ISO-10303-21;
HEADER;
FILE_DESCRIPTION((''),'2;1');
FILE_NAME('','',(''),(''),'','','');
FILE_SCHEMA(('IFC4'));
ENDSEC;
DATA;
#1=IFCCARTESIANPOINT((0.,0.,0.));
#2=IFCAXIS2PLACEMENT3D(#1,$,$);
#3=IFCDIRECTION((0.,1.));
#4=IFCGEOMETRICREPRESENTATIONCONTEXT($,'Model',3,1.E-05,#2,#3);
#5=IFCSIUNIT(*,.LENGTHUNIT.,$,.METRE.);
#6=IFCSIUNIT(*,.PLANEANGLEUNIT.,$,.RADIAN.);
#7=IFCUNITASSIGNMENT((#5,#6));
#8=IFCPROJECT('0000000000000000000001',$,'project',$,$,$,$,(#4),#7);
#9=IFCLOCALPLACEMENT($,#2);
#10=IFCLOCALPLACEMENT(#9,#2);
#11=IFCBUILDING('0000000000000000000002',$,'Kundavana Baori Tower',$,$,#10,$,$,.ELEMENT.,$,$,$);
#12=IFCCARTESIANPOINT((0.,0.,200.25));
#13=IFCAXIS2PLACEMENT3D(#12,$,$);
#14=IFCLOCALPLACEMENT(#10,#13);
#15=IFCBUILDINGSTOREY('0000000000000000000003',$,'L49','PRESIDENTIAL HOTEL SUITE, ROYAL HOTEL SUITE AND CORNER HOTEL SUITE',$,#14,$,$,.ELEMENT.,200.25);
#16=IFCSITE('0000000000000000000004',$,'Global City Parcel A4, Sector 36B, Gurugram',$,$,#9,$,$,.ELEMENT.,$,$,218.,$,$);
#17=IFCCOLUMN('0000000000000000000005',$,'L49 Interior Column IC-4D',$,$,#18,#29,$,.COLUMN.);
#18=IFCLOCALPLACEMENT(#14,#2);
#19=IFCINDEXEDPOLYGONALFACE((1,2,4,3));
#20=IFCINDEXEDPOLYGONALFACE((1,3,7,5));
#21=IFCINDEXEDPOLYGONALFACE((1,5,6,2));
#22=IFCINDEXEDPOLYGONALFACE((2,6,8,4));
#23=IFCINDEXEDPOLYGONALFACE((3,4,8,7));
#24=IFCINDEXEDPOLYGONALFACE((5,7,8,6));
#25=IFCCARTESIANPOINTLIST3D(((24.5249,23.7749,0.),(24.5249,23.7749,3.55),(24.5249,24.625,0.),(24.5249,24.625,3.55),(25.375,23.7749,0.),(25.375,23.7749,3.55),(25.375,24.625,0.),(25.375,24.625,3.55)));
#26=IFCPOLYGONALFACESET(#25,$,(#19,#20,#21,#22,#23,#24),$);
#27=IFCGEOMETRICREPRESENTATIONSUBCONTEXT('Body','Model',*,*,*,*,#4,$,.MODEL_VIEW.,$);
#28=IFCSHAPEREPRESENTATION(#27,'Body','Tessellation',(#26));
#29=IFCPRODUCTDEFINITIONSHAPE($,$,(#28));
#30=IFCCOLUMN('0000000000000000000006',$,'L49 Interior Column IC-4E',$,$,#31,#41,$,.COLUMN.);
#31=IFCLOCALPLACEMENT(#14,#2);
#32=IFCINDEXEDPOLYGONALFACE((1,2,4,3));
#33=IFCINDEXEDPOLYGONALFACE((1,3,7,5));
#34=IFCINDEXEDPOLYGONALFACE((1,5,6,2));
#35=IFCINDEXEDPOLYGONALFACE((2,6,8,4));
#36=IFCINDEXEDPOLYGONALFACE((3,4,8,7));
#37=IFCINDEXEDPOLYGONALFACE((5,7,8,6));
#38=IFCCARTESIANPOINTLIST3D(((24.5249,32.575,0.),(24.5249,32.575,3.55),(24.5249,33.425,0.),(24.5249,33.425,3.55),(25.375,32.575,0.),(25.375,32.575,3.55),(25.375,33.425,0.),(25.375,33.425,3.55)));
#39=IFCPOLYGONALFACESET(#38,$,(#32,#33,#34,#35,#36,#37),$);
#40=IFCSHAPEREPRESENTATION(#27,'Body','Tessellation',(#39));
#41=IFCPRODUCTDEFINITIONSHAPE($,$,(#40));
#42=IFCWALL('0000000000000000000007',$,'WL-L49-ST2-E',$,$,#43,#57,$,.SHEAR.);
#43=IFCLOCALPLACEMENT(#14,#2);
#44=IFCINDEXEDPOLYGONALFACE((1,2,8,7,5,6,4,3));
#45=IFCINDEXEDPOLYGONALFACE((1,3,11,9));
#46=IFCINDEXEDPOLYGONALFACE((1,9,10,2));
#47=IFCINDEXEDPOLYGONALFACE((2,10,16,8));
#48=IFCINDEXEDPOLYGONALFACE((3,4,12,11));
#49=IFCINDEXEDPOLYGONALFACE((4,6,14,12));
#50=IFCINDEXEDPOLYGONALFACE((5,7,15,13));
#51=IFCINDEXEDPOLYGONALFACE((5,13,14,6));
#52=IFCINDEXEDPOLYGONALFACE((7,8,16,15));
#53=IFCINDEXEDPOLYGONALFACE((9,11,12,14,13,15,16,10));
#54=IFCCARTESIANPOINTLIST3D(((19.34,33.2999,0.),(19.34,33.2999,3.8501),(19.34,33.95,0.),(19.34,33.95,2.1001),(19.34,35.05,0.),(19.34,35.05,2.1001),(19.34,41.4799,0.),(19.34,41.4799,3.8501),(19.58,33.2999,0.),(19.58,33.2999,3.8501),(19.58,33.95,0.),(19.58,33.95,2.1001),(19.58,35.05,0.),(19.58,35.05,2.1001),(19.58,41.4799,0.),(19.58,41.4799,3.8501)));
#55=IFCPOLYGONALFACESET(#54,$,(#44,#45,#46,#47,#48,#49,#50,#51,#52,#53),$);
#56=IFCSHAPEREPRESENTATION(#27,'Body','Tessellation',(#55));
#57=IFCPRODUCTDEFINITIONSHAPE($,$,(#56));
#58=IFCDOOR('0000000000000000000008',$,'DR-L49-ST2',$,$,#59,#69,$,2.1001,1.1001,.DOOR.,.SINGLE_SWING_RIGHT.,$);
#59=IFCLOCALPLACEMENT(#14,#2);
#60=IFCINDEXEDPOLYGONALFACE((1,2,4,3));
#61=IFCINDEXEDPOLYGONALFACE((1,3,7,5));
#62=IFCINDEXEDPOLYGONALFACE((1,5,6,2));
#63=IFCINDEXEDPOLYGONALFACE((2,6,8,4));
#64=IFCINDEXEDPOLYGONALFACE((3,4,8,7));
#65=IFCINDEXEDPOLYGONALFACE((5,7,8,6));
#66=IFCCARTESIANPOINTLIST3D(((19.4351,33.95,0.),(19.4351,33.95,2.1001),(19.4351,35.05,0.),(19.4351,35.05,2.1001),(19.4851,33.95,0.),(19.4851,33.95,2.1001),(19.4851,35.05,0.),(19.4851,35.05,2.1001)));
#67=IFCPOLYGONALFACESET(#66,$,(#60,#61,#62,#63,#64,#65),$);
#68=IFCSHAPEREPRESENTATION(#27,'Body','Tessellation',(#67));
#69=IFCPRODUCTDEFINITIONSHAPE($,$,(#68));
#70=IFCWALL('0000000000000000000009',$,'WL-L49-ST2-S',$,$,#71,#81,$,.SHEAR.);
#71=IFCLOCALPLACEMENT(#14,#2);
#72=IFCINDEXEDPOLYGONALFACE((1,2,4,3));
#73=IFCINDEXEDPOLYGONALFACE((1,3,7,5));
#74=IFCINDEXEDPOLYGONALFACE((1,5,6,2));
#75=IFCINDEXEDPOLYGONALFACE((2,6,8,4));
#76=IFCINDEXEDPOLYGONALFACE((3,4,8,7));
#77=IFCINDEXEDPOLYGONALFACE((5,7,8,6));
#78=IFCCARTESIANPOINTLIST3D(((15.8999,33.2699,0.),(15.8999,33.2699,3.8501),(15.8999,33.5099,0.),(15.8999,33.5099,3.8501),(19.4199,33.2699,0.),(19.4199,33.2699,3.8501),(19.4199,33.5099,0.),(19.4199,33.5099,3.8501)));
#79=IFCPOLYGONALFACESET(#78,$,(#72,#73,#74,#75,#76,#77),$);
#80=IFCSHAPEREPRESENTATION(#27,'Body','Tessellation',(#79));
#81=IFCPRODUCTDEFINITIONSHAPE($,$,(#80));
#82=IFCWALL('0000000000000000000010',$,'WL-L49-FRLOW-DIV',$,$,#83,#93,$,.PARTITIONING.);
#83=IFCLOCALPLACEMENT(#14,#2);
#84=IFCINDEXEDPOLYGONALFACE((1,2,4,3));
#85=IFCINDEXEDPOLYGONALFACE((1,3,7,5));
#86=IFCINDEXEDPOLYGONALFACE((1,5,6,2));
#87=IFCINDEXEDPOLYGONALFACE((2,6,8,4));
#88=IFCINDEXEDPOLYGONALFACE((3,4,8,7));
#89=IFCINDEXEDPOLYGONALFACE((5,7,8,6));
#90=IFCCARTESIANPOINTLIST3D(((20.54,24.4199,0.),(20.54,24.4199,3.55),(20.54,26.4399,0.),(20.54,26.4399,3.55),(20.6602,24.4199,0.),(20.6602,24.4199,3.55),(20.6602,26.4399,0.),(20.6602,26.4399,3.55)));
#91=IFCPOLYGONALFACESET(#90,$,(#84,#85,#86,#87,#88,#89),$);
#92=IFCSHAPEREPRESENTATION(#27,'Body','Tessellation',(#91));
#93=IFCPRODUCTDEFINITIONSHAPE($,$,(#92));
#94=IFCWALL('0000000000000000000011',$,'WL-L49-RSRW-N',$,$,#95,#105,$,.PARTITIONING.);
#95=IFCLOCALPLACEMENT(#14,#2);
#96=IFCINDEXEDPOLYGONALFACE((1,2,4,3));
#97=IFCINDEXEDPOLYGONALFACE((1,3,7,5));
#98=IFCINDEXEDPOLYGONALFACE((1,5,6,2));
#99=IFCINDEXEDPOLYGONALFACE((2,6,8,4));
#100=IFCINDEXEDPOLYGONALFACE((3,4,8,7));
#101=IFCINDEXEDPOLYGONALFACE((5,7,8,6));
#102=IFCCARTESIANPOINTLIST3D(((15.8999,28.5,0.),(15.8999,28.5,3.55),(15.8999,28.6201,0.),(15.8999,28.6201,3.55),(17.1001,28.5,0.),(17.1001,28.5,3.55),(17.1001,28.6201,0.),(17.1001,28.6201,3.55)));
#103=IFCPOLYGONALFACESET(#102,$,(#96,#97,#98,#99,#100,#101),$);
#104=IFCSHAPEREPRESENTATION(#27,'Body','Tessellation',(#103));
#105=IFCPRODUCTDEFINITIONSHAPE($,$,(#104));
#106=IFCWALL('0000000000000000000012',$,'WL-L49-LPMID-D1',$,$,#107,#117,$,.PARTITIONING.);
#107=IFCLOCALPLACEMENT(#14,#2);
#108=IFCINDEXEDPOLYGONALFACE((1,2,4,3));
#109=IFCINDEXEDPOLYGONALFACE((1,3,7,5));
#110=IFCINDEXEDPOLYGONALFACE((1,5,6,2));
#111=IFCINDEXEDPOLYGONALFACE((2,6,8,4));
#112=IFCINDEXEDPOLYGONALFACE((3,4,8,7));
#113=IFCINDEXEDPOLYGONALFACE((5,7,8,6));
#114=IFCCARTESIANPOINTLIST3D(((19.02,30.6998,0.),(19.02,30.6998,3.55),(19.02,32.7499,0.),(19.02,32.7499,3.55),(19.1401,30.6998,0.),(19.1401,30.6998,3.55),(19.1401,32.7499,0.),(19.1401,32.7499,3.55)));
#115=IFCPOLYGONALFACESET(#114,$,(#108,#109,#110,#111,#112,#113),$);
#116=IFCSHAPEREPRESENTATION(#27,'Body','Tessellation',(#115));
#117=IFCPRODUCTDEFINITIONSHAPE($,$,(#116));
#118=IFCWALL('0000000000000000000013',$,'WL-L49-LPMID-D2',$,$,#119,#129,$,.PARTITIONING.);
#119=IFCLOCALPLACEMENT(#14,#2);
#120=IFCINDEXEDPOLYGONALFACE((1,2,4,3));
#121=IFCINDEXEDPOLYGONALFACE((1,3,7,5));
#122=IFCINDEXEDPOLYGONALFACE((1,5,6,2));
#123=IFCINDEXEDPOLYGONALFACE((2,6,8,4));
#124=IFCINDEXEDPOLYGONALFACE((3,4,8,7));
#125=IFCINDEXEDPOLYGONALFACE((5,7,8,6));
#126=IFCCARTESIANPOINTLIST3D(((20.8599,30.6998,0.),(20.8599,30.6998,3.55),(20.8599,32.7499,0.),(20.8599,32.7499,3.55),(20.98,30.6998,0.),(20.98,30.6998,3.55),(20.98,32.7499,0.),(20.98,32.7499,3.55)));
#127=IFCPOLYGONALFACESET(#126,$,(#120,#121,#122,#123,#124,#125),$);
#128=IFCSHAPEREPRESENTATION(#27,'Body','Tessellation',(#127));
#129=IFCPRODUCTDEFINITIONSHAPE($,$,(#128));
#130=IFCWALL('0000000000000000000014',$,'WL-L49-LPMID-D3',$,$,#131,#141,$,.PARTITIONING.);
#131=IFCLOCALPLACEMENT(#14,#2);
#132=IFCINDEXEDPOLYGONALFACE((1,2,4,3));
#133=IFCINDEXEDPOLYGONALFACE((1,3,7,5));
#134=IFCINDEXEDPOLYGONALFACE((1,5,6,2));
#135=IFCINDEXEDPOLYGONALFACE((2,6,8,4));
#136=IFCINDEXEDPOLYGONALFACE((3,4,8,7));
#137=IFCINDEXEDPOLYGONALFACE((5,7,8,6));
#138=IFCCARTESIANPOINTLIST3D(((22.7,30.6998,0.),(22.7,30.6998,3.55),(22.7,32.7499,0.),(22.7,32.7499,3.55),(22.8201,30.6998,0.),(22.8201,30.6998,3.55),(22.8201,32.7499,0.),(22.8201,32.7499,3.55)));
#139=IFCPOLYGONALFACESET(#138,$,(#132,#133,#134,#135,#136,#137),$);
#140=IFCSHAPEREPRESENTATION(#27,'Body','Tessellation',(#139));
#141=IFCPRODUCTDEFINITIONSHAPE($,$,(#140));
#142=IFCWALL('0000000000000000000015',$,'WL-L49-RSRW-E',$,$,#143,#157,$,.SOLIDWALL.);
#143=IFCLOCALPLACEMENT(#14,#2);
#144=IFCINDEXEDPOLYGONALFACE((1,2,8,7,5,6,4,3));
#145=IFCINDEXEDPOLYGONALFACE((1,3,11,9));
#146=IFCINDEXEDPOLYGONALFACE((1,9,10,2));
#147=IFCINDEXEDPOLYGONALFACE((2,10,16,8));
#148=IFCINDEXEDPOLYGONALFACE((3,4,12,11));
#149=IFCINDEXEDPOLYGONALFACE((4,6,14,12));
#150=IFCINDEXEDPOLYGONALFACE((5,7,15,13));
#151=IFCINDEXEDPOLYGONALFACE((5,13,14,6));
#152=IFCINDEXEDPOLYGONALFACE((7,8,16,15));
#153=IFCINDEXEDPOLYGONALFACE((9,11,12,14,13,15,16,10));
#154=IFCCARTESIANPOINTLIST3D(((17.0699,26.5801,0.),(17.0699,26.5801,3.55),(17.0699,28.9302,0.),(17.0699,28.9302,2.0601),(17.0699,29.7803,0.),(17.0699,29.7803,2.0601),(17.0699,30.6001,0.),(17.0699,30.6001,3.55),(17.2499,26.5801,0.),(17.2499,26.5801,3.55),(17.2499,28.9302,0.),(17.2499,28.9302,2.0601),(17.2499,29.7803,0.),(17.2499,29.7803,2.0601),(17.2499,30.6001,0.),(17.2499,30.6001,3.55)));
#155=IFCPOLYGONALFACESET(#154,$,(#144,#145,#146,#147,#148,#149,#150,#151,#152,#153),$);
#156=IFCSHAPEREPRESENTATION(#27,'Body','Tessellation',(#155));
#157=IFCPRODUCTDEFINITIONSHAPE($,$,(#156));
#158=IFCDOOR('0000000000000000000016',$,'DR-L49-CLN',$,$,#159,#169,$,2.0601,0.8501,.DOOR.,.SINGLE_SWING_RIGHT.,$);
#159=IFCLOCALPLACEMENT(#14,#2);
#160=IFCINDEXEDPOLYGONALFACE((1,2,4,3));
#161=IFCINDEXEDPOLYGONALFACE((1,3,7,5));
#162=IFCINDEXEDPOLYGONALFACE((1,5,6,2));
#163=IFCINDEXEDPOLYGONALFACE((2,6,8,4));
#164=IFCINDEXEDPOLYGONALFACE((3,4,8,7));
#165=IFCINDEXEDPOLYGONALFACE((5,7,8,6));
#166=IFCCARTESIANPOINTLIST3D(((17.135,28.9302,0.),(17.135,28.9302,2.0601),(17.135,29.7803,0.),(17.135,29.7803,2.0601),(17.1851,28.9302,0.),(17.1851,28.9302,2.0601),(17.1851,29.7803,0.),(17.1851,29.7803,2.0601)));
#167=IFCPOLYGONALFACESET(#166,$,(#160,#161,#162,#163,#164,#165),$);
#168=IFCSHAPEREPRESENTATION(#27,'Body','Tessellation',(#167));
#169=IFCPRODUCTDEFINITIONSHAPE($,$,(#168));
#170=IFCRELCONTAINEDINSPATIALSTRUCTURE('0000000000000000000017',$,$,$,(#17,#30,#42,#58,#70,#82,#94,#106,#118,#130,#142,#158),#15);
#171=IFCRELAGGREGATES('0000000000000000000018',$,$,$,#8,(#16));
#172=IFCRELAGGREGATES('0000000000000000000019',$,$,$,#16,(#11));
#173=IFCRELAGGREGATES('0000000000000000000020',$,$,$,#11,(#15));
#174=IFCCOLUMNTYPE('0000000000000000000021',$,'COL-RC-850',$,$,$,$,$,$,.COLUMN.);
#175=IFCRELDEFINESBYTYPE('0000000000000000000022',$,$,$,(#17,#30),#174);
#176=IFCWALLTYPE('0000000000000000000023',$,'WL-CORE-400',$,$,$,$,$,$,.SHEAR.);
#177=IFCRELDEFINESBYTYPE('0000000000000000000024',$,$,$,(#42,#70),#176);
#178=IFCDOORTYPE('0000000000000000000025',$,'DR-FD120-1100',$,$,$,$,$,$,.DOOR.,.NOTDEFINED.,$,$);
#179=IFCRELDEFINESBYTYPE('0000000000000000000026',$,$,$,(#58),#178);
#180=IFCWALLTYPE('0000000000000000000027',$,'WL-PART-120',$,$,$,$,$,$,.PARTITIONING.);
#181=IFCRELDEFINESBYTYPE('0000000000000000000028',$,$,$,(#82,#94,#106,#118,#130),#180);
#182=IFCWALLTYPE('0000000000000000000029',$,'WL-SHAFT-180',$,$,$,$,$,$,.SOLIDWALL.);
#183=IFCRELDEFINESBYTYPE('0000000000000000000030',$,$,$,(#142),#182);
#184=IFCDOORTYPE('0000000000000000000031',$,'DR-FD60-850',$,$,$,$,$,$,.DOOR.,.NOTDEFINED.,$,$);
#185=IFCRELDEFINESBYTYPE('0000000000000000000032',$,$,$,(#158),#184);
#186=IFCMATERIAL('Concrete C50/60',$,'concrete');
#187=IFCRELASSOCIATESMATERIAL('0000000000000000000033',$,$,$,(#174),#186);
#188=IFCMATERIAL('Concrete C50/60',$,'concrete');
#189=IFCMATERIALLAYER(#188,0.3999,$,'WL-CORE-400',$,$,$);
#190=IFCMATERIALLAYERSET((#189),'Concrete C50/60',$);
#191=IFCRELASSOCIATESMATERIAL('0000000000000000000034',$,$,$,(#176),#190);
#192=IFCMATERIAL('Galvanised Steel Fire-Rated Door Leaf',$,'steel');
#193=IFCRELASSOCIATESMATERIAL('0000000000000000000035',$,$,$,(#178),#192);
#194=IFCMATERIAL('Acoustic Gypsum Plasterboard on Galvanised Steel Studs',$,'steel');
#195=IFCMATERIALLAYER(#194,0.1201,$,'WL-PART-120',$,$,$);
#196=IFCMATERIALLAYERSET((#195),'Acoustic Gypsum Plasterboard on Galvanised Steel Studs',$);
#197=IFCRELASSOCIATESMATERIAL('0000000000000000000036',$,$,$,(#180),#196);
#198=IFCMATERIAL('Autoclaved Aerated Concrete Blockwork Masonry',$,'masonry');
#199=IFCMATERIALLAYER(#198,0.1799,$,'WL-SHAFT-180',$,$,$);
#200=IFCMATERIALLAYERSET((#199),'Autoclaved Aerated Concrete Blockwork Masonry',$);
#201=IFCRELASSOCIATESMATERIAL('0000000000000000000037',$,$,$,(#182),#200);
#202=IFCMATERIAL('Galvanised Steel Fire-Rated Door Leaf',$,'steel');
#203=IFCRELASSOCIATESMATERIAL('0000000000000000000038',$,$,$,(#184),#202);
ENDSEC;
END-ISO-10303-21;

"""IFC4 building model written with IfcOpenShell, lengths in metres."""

from ifc_helpers import new_model, si_unit, direction, frame, frame_2d, origin, origin_2d, place, context, subcontext, project, spatial, rectangle, extrude, material, layer, layer_set, material_profile, profile_set, type_object, element, fill, save


model = new_model("IFC4")

# Units and contexts
model_context = context("Model", 3, precision=1e-05, world=origin(), true_north=direction((0.0, 1.0)))
body_context = subcontext(model_context, "Body", "Model", "MODEL_VIEW")
ifc_project = project(units=[si_unit("LENGTHUNIT", "METRE"), si_unit("PLANEANGLEUNIT", "RADIAN")], contexts=[model_context])

# Site, building, storey
site_placement = place(None, origin())
site = spatial("IfcSite", under=ifc_project, at=site_placement, Name="Global City Parcel A4, Sector 36B, Gurugram", CompositionType="ELEMENT", RefElevation=218.0)
building_placement = place(site_placement, origin())
building = spatial("IfcBuilding", under=site, at=building_placement, Name="Kundavana Baori Tower", CompositionType="ELEMENT")
storey_placement = place(building_placement, frame((0.0, 0.0, 200.25)))
storey = spatial("IfcBuildingStorey", under=building, at=storey_placement, Name="L49", Description="PRESIDENTIAL HOTEL SUITE, ROYAL HOTEL SUITE AND CORNER HOTEL SUITE", CompositionType="ELEMENT", Elevation=200.25)

# Columns
ifc_material_1 = material(Name="Concrete C50/60", Category="concrete")
ifc_material_profile = material_profile(ifc_material_1, rectangle(XDim=0.8501, YDim=0.8501, at=origin_2d()), Name="RC 850x850")
ifc_profile_set = profile_set([ifc_material_profile], Name="Concrete C50/60")
column_type = type_object("IfcColumnType", Name="COL-RC-850", PredefinedType="COLUMN", material=ifc_profile_set)
for number, where, z_axis, x_axis, name in (
    (1, (24.95, 24.2, 0.0), (0.0, 0.0, 1.0), (1.0, 0.0, 0.0), "L49 Interior Column IC-4D"),
    (2, (24.95, 33.0, 0.0), (0.0, 0.0, 1.0), (1.0, 0.0, 0.0), "L49 Interior Column IC-4E"),
):
    element("IfcColumn", number, at=place(storey_placement, frame(where, z_axis=z_axis, x_axis=x_axis)), inside=storey, type_object=column_type, Name=name, PredefinedType="COLUMN", context=body_context, shape_type="SweptSolid", body=[
        extrude(rectangle(XDim=0.8501, YDim=0.8501, at=origin_2d()), origin(), (0.0, 0.0, 1.0), 3.55),
    ])

# Wall, opening, door
ifc_material_2 = material(Name="Concrete C50/60", Category="concrete")
ifc_layer_1 = layer(ifc_material_2, 0.3999, Name="WL-CORE-400")
ifc_layer_set_1 = layer_set([ifc_layer_1], Name="Concrete C50/60")
wall_type_1 = type_object("IfcWallType", Name="WL-CORE-400", PredefinedType="SHEAR", material=ifc_layer_set_1)
wall_1_placement = place(storey_placement, frame((19.46, 33.3, 0.0), z_axis=(0.0, 0.0, 1.0), x_axis=(0.0, 1.0, 0.0)))
wall_1 = element("IfcWall", 3, at=wall_1_placement, inside=storey, type_object=wall_type_1, Name="WL-L49-ST2-E", PredefinedType="SHEAR", context=body_context, shape_type="SweptSolid", body=[
    extrude(rectangle(XDim=8.1799, YDim=0.24, at=frame_2d((4.0898, 0.0))), origin(), (0.0, 0.0, 1.0), 3.8501),
])
opening_1_placement = place(wall_1_placement, frame((0.6499, 0.0, 0.0)))
opening_1 = element("IfcOpeningElement", 4, at=opening_1_placement, cuts=wall_1, PredefinedType="OPENING", context=body_context, shape_type="SweptSolid", body=[
    extrude(rectangle(XDim=1.1001, YDim=2.1001, at=frame_2d((0.55, 1.05))), frame((0.0, 0.1299, 0.0), z_axis=(0.0, -1.0, 0.0), x_axis=(1.0, 0.0, 0.0)), (0.0, 0.0, 1.0), 0.26),
])
ifc_material_3 = material(Name="Galvanised Steel Fire-Rated Door Leaf", Category="steel")
door_type_1 = type_object("IfcDoorType", Name="DR-FD120-1100", OperationType="NOTDEFINED", PredefinedType="DOOR", material=ifc_material_3)
door_1_placement = place(opening_1_placement, origin())
door_1 = element("IfcDoor", 5, at=door_1_placement, inside=storey, type_object=door_type_1, Name="DR-L49-ST2", OperationType="SINGLE_SWING_RIGHT", OverallHeight=2.1001, OverallWidth=1.1001, PredefinedType="DOOR", context=body_context, shape_type="SweptSolid", body=[
    extrude(rectangle(XDim=1.1001, YDim=2.1001, at=frame_2d((0.55, 1.05))), frame((0.0, 0.0249, 0.0), z_axis=(0.0, -1.0, 0.0), x_axis=(1.0, 0.0, 0.0)), (0.0, 0.0, 1.0), 0.05),
])
fill(opening_1, door_1)

# Walls
wall_2_placement = place(storey_placement, frame((15.8999, 33.3899, 0.0), z_axis=(0.0, 0.0, 1.0), x_axis=(1.0, 0.0, 0.0)))
element("IfcWall", 6, at=wall_2_placement, inside=storey, type_object=wall_type_1, Name="WL-L49-ST2-S", PredefinedType="SHEAR", context=body_context, shape_type="SweptSolid", body=[
    extrude(rectangle(XDim=3.52, YDim=0.24, at=frame_2d((1.76, 0.0))), origin(), (0.0, 0.0, 1.0), 3.8501),
])
ifc_material_4 = material(Name="Acoustic Gypsum Plasterboard on Galvanised Steel Studs", Category="steel")
ifc_layer_2 = layer(ifc_material_4, 0.1201, Name="WL-PART-120")
ifc_layer_set_2 = layer_set([ifc_layer_2], Name="Acoustic Gypsum Plasterboard on Galvanised Steel Studs")
wall_type_2 = type_object("IfcWallType", Name="WL-PART-120", PredefinedType="PARTITIONING", material=ifc_layer_set_2)
wall_3_placement = place(storey_placement, frame((20.6001, 24.4199, 0.0), z_axis=(0.0, 0.0, 1.0), x_axis=(0.0, 1.0, 0.0)))
element("IfcWall", 7, at=wall_3_placement, inside=storey, type_object=wall_type_2, Name="WL-L49-FRLOW-DIV", PredefinedType="PARTITIONING", context=body_context, shape_type="SweptSolid", body=[
    extrude(rectangle(XDim=2.02, YDim=0.1201, at=frame_2d((1.01, 0.0))), origin(), (0.0, 0.0, 1.0), 3.55),
])
wall_4_placement = place(storey_placement, frame((15.8999, 28.5601, 0.0), z_axis=(0.0, 0.0, 1.0), x_axis=(1.0, 0.0, 0.0)))
element("IfcWall", 8, at=wall_4_placement, inside=storey, type_object=wall_type_2, Name="WL-L49-RSRW-N", PredefinedType="PARTITIONING", context=body_context, shape_type="SweptSolid", body=[
    extrude(rectangle(XDim=1.2002, YDim=0.1201, at=frame_2d((0.6001, 0.0))), origin(), (0.0, 0.0, 1.0), 3.55),
])
for number, where, z_axis, x_axis, name in (
    (9, (19.0801, 30.7, 0.0), (0.0, 0.0, 1.0), (0.0, 1.0, 0.0), "WL-L49-LPMID-D1"),
    (10, (20.9199, 30.7, 0.0), (0.0, 0.0, 1.0), (0.0, 1.0, 0.0), "WL-L49-LPMID-D2"),
    (11, (22.76, 30.7, 0.0), (0.0, 0.0, 1.0), (0.0, 1.0, 0.0), "WL-L49-LPMID-D3"),
):
    element("IfcWall", number, at=place(storey_placement, frame(where, z_axis=z_axis, x_axis=x_axis)), inside=storey, type_object=wall_type_2, Name=name, PredefinedType="PARTITIONING", context=body_context, shape_type="SweptSolid", body=[
        extrude(rectangle(XDim=2.05, YDim=0.1201, at=frame_2d((1.0249, 0.0))), origin(), (0.0, 0.0, 1.0), 3.55),
    ])

# Wall, opening, door
ifc_material_5 = material(Name="Autoclaved Aerated Concrete Blockwork Masonry", Category="masonry")
ifc_layer_3 = layer(ifc_material_5, 0.1799, Name="WL-SHAFT-180")
ifc_layer_set_3 = layer_set([ifc_layer_3], Name="Autoclaved Aerated Concrete Blockwork Masonry")
wall_type_3 = type_object("IfcWallType", Name="WL-SHAFT-180", PredefinedType="SOLIDWALL", material=ifc_layer_set_3)
wall_5_placement = place(storey_placement, frame((17.1599, 26.5801, 0.0), z_axis=(0.0, 0.0, 1.0), x_axis=(0.0, 1.0, 0.0)))
wall_5 = element("IfcWall", 12, at=wall_5_placement, inside=storey, type_object=wall_type_3, Name="WL-L49-RSRW-E", PredefinedType="SOLIDWALL", context=body_context, shape_type="SweptSolid", body=[
    extrude(rectangle(XDim=4.02, YDim=0.1799, at=frame_2d((2.01, 0.0))), origin(), (0.0, 0.0, 1.0), 3.55),
])
opening_2_placement = place(wall_5_placement, frame((2.3501, 0.0, 0.0)))
opening_2 = element("IfcOpeningElement", 13, at=opening_2_placement, cuts=wall_5, PredefinedType="OPENING", context=body_context, shape_type="SweptSolid", body=[
    extrude(rectangle(XDim=0.8501, YDim=2.0601, at=frame_2d((0.425, 1.03))), frame((0.0, 0.1001, 0.0), z_axis=(0.0, -1.0, 0.0), x_axis=(1.0, 0.0, 0.0)), (0.0, 0.0, 1.0), 0.2),
])
ifc_material_6 = material(Name="Galvanised Steel Fire-Rated Door Leaf", Category="steel")
door_type_2 = type_object("IfcDoorType", Name="DR-FD60-850", OperationType="NOTDEFINED", PredefinedType="DOOR", material=ifc_material_6)
door_2_placement = place(opening_2_placement, origin())
door_2 = element("IfcDoor", 14, at=door_2_placement, inside=storey, type_object=door_type_2, Name="DR-L49-CLN", OperationType="SINGLE_SWING_RIGHT", OverallHeight=2.0601, OverallWidth=0.8501, PredefinedType="DOOR", context=body_context, shape_type="SweptSolid", body=[
    extrude(rectangle(XDim=0.8501, YDim=2.0601, at=frame_2d((0.425, 1.03))), frame((0.0, 0.0249, 0.0), z_axis=(0.0, -1.0, 0.0), x_axis=(1.0, 0.0, 0.0)), (0.0, 0.0, 1.0), 0.05),
])
fill(opening_2, door_2)

save(model, "model.ifc")
